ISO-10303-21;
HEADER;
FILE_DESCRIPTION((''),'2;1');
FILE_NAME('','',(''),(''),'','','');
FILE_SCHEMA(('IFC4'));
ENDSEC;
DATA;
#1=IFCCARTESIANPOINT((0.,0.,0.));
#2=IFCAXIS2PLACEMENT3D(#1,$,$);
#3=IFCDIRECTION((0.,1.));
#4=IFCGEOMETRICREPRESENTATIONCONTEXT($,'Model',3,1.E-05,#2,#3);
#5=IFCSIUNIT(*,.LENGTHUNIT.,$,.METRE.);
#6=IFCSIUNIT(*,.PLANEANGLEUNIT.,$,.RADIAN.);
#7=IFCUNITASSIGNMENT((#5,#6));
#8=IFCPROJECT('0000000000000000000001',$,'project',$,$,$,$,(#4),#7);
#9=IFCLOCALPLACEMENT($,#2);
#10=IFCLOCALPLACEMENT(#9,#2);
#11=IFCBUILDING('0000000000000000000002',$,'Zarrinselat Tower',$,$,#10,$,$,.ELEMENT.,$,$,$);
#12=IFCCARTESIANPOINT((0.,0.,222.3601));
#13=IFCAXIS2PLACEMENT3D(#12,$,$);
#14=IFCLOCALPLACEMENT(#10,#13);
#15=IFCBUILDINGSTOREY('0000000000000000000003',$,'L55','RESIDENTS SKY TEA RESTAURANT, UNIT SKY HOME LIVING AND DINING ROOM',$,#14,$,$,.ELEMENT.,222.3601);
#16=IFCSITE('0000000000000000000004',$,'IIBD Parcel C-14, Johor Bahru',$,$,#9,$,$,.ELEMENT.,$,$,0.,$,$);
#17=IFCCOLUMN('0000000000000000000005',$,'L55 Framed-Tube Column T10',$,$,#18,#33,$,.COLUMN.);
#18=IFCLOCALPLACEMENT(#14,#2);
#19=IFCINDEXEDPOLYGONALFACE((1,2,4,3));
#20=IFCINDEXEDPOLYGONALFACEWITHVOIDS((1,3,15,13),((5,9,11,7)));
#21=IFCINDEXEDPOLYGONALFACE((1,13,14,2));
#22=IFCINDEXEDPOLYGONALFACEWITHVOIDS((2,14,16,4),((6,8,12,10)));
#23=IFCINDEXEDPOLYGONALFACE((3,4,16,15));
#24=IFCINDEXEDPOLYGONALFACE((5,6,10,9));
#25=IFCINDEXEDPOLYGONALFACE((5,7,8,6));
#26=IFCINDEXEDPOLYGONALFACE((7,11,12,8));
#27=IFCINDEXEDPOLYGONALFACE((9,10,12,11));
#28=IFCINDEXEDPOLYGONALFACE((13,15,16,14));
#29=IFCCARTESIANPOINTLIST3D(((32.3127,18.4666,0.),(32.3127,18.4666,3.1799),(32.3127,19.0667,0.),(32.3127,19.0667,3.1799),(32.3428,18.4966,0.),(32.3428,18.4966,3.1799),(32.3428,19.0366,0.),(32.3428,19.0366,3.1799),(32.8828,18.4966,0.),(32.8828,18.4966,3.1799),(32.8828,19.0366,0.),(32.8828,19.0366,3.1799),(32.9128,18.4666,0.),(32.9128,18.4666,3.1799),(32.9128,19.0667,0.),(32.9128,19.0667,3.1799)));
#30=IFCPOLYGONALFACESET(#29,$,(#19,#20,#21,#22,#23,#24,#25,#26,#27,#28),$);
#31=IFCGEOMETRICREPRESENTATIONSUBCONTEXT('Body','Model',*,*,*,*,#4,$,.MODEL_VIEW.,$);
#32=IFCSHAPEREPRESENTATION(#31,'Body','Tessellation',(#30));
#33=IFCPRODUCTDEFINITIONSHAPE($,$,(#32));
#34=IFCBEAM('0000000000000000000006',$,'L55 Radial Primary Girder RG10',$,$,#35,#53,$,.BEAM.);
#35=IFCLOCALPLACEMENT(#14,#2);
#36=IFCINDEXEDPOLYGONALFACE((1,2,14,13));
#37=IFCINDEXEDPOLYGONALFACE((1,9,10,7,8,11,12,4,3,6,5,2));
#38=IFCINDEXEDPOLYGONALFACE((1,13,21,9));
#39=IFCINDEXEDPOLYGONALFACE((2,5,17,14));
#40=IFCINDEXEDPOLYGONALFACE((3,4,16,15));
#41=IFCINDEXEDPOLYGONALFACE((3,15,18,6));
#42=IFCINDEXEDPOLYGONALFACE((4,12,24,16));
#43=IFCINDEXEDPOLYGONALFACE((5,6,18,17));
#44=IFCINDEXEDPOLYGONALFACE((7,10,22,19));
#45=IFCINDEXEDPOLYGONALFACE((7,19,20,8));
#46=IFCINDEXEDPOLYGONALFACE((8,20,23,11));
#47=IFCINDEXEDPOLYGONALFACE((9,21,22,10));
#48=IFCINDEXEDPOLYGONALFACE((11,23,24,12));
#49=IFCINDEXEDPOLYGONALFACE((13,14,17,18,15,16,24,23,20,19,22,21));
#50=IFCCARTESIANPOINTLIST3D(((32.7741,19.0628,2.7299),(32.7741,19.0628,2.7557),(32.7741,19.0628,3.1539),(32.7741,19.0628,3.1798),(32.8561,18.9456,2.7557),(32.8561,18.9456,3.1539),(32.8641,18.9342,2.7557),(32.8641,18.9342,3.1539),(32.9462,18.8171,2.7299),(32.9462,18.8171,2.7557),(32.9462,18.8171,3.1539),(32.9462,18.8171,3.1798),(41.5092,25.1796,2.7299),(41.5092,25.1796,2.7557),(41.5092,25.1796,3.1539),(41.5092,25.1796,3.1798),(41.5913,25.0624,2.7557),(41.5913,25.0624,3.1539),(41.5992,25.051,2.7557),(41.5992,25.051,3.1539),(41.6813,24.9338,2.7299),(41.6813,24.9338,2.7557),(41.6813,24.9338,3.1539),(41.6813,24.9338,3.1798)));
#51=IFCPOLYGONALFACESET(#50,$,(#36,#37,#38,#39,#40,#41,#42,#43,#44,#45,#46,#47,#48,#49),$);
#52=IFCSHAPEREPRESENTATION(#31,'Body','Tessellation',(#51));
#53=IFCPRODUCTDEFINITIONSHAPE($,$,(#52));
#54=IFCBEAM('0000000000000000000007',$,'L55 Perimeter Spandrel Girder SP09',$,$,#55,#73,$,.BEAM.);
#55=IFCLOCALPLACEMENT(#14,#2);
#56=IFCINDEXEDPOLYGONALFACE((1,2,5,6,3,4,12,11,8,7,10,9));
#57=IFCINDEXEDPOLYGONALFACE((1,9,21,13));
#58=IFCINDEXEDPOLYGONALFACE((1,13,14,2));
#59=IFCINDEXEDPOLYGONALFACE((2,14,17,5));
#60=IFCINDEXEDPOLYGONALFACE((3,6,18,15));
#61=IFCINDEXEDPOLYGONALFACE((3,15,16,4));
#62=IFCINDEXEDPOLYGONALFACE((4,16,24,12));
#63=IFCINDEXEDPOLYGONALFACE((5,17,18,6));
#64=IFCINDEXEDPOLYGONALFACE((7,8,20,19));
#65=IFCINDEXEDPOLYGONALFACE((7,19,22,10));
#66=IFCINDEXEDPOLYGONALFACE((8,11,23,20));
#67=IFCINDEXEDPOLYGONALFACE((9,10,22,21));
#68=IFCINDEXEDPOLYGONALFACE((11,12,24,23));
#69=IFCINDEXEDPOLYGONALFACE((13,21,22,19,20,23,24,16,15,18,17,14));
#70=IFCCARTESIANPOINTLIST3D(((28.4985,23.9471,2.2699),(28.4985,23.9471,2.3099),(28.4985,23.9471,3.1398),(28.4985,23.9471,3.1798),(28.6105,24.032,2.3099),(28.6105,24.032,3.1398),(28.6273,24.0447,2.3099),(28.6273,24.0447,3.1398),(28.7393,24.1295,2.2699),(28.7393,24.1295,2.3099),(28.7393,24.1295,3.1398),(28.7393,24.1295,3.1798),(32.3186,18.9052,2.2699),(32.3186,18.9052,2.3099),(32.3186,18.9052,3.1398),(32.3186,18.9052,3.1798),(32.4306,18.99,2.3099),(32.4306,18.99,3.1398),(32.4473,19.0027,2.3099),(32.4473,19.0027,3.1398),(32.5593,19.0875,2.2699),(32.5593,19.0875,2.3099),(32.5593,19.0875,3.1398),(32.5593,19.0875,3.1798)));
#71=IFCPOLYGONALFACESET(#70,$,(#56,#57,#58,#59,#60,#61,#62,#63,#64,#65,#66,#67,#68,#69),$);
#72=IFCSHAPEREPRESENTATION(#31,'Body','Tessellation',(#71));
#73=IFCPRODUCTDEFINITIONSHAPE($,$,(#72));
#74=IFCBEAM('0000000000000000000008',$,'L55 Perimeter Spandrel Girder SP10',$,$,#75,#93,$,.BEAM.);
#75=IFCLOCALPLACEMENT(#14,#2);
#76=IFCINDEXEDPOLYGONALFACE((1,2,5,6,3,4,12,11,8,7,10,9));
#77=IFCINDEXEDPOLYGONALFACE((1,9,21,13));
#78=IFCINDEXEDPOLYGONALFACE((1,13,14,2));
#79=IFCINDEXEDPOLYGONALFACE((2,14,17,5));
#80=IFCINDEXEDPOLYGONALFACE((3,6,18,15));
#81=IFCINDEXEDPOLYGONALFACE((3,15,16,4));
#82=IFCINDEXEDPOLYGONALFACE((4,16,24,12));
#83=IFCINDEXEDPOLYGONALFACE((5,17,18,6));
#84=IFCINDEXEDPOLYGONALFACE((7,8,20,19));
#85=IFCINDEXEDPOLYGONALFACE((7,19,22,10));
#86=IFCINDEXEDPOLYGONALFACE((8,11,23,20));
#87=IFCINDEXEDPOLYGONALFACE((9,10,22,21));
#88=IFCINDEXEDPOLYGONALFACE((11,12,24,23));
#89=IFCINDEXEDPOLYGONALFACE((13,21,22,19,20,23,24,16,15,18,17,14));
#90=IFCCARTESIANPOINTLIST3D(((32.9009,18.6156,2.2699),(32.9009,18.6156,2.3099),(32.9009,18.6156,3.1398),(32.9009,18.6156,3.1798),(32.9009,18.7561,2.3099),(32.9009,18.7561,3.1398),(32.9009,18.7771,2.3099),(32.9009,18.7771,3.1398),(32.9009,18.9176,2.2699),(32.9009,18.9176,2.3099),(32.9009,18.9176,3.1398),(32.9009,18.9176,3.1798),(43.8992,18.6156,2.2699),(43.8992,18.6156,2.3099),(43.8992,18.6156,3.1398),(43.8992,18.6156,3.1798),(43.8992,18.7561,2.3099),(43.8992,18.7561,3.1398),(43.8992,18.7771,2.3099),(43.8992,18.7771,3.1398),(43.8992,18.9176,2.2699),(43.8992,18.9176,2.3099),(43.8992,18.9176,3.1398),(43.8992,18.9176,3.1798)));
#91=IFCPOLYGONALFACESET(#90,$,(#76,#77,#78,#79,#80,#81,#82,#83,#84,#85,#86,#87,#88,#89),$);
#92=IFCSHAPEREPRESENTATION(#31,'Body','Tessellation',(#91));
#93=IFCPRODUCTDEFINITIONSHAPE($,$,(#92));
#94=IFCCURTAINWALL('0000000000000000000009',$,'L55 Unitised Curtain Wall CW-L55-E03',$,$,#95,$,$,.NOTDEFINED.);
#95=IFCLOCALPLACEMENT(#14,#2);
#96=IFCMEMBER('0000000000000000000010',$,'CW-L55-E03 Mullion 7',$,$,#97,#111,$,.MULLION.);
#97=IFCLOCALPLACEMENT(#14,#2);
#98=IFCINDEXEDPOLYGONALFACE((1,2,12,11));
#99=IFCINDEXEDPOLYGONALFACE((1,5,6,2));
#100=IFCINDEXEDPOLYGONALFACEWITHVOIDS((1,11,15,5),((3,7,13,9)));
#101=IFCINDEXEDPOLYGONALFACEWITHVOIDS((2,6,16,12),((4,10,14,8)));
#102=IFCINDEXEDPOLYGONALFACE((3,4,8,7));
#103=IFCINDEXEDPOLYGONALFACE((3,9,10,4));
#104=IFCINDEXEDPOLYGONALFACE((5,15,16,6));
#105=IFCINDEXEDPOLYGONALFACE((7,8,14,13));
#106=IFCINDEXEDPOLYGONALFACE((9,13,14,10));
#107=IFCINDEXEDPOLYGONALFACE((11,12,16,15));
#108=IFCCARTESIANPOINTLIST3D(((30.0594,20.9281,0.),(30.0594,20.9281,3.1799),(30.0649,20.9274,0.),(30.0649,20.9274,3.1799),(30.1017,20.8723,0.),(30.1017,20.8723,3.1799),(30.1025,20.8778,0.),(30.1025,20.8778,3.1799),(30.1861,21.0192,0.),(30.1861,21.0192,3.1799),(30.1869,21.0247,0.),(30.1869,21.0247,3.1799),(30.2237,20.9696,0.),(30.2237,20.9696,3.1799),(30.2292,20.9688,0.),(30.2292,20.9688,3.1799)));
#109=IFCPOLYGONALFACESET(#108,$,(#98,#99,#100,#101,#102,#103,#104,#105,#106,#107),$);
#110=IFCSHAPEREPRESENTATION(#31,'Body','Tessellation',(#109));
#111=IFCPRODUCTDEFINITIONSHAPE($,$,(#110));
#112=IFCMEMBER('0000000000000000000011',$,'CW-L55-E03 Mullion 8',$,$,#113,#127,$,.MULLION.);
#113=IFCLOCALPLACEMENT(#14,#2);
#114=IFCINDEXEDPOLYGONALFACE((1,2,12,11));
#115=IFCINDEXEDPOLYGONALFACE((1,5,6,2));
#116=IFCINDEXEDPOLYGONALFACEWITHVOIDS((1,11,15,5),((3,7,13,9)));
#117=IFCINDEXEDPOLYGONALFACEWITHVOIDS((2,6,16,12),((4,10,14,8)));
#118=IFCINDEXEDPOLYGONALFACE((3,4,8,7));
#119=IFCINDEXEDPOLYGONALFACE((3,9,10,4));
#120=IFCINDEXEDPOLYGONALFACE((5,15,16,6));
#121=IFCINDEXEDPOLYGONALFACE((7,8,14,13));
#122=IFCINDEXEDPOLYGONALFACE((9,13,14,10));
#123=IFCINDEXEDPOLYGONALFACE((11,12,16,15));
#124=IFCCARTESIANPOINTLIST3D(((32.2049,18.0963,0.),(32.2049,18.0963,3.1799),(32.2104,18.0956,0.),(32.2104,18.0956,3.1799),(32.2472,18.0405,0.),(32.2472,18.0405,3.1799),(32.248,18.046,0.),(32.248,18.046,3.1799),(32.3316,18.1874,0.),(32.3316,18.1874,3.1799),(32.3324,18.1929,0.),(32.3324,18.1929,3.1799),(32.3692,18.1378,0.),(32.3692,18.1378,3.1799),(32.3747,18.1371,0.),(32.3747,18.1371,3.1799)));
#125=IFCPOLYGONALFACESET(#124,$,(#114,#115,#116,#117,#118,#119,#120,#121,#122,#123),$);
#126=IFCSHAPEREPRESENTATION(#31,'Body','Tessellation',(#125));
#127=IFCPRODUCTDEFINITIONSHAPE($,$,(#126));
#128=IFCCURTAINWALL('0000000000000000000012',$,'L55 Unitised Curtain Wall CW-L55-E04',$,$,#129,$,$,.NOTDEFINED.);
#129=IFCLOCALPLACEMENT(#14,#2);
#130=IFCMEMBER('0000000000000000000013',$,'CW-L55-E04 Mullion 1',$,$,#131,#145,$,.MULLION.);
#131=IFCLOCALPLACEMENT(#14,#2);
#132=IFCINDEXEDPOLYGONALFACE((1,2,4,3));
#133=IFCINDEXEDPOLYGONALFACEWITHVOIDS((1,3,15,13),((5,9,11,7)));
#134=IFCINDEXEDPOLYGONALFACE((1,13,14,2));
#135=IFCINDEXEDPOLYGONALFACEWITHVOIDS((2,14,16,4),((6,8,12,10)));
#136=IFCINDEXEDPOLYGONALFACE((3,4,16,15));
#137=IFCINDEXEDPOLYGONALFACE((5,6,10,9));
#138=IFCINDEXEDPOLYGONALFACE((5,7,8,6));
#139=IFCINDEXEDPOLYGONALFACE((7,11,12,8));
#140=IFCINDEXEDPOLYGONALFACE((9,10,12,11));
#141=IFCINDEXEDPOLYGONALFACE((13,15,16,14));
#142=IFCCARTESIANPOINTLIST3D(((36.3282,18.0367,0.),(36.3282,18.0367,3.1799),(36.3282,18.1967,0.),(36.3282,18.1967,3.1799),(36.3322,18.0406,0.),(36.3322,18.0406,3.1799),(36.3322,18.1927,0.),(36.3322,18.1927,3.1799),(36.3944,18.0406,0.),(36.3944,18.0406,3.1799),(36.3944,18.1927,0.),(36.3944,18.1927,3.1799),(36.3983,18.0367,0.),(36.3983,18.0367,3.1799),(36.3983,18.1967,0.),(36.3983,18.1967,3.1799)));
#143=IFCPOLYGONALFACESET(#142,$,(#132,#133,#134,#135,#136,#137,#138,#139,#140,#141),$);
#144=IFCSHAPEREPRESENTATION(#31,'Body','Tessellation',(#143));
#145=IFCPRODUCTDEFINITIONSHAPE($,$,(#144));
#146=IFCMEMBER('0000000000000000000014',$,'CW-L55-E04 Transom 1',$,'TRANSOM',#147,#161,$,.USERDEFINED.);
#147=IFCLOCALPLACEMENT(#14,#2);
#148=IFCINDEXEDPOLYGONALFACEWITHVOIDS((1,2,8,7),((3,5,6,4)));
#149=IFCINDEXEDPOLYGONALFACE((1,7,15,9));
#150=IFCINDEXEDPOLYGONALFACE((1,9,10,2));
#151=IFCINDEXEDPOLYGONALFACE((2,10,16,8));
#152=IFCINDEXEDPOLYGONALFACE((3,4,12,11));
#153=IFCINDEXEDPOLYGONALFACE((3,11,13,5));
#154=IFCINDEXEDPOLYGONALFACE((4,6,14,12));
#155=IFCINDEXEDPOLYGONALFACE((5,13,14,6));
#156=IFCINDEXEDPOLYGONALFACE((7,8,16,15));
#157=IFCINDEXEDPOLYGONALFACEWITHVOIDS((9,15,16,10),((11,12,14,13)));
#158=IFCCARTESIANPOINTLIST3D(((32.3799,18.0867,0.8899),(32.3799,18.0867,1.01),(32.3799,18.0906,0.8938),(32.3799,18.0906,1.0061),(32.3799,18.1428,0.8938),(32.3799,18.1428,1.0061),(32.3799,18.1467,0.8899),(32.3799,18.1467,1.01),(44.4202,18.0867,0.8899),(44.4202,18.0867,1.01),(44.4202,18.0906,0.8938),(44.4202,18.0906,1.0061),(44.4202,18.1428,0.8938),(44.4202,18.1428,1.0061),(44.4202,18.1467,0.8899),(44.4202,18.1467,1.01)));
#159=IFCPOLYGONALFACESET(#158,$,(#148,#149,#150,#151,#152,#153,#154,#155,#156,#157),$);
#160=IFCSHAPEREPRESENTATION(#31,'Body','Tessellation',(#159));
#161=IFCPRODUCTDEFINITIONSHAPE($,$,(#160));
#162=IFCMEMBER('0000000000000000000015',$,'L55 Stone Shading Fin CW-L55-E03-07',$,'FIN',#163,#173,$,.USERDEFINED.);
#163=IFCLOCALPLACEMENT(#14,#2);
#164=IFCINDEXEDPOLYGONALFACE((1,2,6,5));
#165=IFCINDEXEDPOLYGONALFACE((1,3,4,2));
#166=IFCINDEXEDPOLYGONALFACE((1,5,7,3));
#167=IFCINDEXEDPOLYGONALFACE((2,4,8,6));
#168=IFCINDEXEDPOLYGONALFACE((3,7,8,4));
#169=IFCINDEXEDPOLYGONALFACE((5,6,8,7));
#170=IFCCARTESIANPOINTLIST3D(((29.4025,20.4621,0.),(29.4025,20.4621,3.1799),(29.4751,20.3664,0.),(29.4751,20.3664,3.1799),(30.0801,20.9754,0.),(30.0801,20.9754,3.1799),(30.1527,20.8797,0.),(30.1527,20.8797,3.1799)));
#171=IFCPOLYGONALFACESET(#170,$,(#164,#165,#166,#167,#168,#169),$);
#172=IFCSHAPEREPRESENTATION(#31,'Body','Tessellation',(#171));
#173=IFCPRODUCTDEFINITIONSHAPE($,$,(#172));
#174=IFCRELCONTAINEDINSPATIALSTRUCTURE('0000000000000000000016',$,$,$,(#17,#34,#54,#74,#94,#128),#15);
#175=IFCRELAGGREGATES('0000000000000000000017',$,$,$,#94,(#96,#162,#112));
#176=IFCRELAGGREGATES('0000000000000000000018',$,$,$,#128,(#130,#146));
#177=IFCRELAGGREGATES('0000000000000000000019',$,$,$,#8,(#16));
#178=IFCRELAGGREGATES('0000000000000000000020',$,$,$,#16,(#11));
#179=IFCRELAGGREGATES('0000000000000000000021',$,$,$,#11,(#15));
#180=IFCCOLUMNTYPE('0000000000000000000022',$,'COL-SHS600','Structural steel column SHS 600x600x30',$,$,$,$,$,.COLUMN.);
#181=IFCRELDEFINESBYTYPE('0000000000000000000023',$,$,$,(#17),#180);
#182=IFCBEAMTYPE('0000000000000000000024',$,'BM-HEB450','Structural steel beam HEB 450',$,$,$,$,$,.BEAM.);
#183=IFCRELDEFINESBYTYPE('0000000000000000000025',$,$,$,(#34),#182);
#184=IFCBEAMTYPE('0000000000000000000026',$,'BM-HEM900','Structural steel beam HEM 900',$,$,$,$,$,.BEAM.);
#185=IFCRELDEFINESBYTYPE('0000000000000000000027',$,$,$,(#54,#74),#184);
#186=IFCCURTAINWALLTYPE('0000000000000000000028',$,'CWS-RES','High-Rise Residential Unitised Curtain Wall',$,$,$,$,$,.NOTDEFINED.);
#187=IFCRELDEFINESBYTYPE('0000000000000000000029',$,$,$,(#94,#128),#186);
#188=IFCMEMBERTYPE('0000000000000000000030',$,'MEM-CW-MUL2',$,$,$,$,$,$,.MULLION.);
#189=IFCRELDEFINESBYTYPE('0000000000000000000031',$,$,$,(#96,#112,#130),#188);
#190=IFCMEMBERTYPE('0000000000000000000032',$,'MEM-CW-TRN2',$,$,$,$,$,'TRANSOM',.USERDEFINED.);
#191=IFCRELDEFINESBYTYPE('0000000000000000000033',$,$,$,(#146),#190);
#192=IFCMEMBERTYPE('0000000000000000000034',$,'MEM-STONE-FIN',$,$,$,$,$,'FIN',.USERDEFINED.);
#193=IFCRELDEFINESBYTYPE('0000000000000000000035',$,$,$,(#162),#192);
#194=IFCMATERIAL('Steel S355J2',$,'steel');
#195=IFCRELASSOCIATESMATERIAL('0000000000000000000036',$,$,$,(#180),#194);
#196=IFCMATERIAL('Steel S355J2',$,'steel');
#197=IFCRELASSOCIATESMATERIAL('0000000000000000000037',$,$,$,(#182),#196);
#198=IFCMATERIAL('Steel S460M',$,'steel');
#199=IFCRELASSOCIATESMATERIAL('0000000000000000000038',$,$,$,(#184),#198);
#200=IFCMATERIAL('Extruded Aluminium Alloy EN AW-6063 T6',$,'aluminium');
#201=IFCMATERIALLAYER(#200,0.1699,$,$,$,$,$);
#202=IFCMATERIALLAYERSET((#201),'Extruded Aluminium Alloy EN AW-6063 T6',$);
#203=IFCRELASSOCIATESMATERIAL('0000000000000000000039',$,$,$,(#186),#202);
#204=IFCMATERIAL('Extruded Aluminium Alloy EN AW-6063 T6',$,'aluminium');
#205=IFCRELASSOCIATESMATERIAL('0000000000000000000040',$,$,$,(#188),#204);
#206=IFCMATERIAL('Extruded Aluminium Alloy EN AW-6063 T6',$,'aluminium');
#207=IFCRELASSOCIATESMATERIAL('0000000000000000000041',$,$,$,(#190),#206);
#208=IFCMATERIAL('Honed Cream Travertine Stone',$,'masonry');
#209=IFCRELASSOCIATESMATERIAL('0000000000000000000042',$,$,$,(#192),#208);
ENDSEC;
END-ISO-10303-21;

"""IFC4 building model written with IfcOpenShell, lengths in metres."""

from ifc_helpers import new_model, si_unit, direction, frame, origin, origin_2d, place, context, subcontext, project, spatial, rectangle, hollow_rectangle, i_section, extrude, material, layer, layer_set, material_profile, profile_set, type_object, element, aggregate, save


model = new_model("IFC4")

# Units and contexts
model_context = context("Model", 3, precision=1e-05, world=origin(), true_north=direction((0.0, 1.0)))
body_context = subcontext(model_context, "Body", "Model", "MODEL_VIEW")
ifc_project = project(units=[si_unit("LENGTHUNIT", "METRE"), si_unit("PLANEANGLEUNIT", "RADIAN")], contexts=[model_context])

# Site, building, storey
site_placement = place(None, origin())
site = spatial("IfcSite", under=ifc_project, at=site_placement, Name="IIBD Parcel C-14, Johor Bahru", CompositionType="ELEMENT", RefElevation=0.0)
building_placement = place(site_placement, origin())
building = spatial("IfcBuilding", under=site, at=building_placement, Name="Zarrinselat Tower", CompositionType="ELEMENT")
storey_placement = place(building_placement, frame((0.0, 0.0, 222.3601)))
storey = spatial("IfcBuildingStorey", under=building, at=storey_placement, Name="L55", Description="RESIDENTS SKY TEA RESTAURANT, UNIT SKY HOME LIVING AND DINING ROOM", CompositionType="ELEMENT", Elevation=222.3601)

# Column
ifc_material_1 = material(Name="Steel S355J2", Category="steel")
ifc_material_profile_1 = material_profile(ifc_material_1, hollow_rectangle(XDim=0.6001, YDim=0.6001, WallThickness=0.03, at=origin_2d()), Name="SHS 600x600x30")
ifc_profile_set_1 = profile_set([ifc_material_profile_1], Name="Steel S355J2")
column_type = type_object("IfcColumnType", Name="COL-SHS600", Description="Structural steel column SHS 600x600x30", PredefinedType="COLUMN", material=ifc_profile_set_1)
column_placement = place(storey_placement, frame((32.6128, 18.7666, 0.0), z_axis=(0.0, 0.0, 1.0), x_axis=(1.0, 0.0, 0.0)))
element("IfcColumn", 1, at=column_placement, inside=storey, type_object=column_type, Name="L55 Framed-Tube Column T10", PredefinedType="COLUMN", context=body_context, shape_type="SweptSolid", body=[
    extrude(hollow_rectangle(XDim=0.6001, YDim=0.6001, WallThickness=0.03, at=origin_2d()), origin(), (0.0, 0.0, 1.0), 3.1799),
])

# Beams
ifc_material_2 = material(Name="Steel S355J2", Category="steel")
ifc_material_profile_2 = material_profile(ifc_material_2, i_section(OverallWidth=0.3, OverallDepth=0.45, WebThickness=0.0139, FlangeThickness=0.0259, at=origin_2d()), Name="HEB 450")
ifc_profile_set_2 = profile_set([ifc_material_profile_2], Name="Steel S355J2")
beam_type_1 = type_object("IfcBeamType", Name="BM-HEB450", Description="Structural steel beam HEB 450", PredefinedType="BEAM", material=ifc_profile_set_2)
beam_1_placement = place(storey_placement, frame((32.8601, 18.9399, 2.9548), z_axis=(0.819138, 0.573596, 0.0), x_axis=(-0.573596, 0.819138, 0.0)))
element("IfcBeam", 2, at=beam_1_placement, inside=storey, type_object=beam_type_1, Name="L55 Radial Primary Girder RG10", PredefinedType="BEAM", context=body_context, shape_type="SweptSolid", body=[
    extrude(i_section(OverallWidth=0.3, OverallDepth=0.45, WebThickness=0.0139, FlangeThickness=0.0259, at=origin_2d()), origin(), (0.0, 0.0, 1.0), 10.6638),
])
ifc_material_3 = material(Name="Steel S460M", Category="steel")
ifc_material_profile_3 = material_profile(ifc_material_3, i_section(OverallWidth=0.302, OverallDepth=0.9099, WebThickness=0.021, FlangeThickness=0.04, at=origin_2d()), Name="HEM 900")
ifc_profile_set_3 = profile_set([ifc_material_profile_3], Name="Steel S460M")
beam_type_2 = type_object("IfcBeamType", Name="BM-HEM900", Description="Structural steel beam HEM 900", PredefinedType="BEAM", material=ifc_profile_set_3)
beam_2_placement = place(storey_placement, frame((28.6189, 24.0383, 2.7249), z_axis=(0.603896, -0.797063, 0.0), x_axis=(0.797063, 0.603896, 0.0)))
element("IfcBeam", 3, at=beam_2_placement, inside=storey, type_object=beam_type_2, Name="L55 Perimeter Spandrel Girder SP09", PredefinedType="BEAM", context=body_context, shape_type="SweptSolid", body=[
    extrude(i_section(OverallWidth=0.302, OverallDepth=0.9099, WebThickness=0.021, FlangeThickness=0.04, at=origin_2d()), origin(), (0.0, 0.0, 1.0), 6.3257),
])
beam_3_placement = place(storey_placement, frame((32.9009, 18.7666, 2.7249), z_axis=(1.0, 0.0, 0.0), x_axis=(0.0, 1.0, 0.0)))
element("IfcBeam", 4, at=beam_3_placement, inside=storey, type_object=beam_type_2, Name="L55 Perimeter Spandrel Girder SP10", PredefinedType="BEAM", context=body_context, shape_type="SweptSolid", body=[
    extrude(i_section(OverallWidth=0.302, OverallDepth=0.9099, WebThickness=0.021, FlangeThickness=0.04, at=origin_2d()), origin(), (0.0, 0.0, 1.0), 10.9983),
])

# Curtain walls, members
ifc_material_4 = material(Name="Extruded Aluminium Alloy EN AW-6063 T6", Category="aluminium")
ifc_layer_1 = layer(ifc_material_4, 0.1699)
ifc_layer_set_1 = layer_set([ifc_layer_1], Name="Extruded Aluminium Alloy EN AW-6063 T6")
curtain_wall_type = type_object("IfcCurtainWallType", Name="CWS-RES", Description="High-Rise Residential Unitised Curtain Wall", PredefinedType="NOTDEFINED", material=ifc_layer_set_1)
curtain_wall_1_placement = place(storey_placement, origin())
curtain_wall_1 = element("IfcCurtainWall", 5, at=curtain_wall_1_placement, inside=storey, type_object=curtain_wall_type, Name="L55 Unitised Curtain Wall CW-L55-E03", PredefinedType="NOTDEFINED")
ifc_material_5 = material(Name="Extruded Aluminium Alloy EN AW-6063 T6", Category="aluminium")
ifc_material_profile_4 = material_profile(ifc_material_5, hollow_rectangle(XDim=0.0701, YDim=0.1599, WallThickness=0.0039, at=origin_2d()), Name="RHS 160x70x4")
ifc_profile_set_4 = profile_set([ifc_material_profile_4], Name="Extruded Aluminium Alloy EN AW-6063 T6")
member_type_1 = type_object("IfcMemberType", Name="MEM-CW-MUL2", PredefinedType="MULLION", material=ifc_profile_set_4)
member_1_placement = place(storey_placement, frame((30.1443, 20.9485, 0.0), z_axis=(0.0, 0.0, 1.0), x_axis=(0.60386, -0.797091, 0.0)))
member_1 = element("IfcMember", 6, at=member_1_placement, type_object=member_type_1, Name="CW-L55-E03 Mullion 7", PredefinedType="MULLION", context=body_context, shape_type="SweptSolid", body=[
    extrude(hollow_rectangle(XDim=0.0701, YDim=0.1599, WallThickness=0.0039, at=origin_2d()), origin(), (0.0, 0.0, 1.0), 3.1799),
])
member_2_placement = place(storey_placement, frame((32.2898, 18.1167, 0.0), z_axis=(0.0, 0.0, 1.0), x_axis=(0.60386, -0.797091, 0.0)))
member_2 = element("IfcMember", 7, at=member_2_placement, type_object=member_type_1, Name="CW-L55-E03 Mullion 8", PredefinedType="MULLION", context=body_context, shape_type="SweptSolid", body=[
    extrude(hollow_rectangle(XDim=0.0701, YDim=0.1599, WallThickness=0.0039, at=origin_2d()), origin(), (0.0, 0.0, 1.0), 3.1799),
])
curtain_wall_2_placement = place(storey_placement, origin())
curtain_wall_2 = element("IfcCurtainWall", 8, at=curtain_wall_2_placement, inside=storey, type_object=curtain_wall_type, Name="L55 Unitised Curtain Wall CW-L55-E04", PredefinedType="NOTDEFINED")
member_3_placement = place(storey_placement, frame((36.3633, 18.1167, 0.0), z_axis=(0.0, 0.0, 1.0), x_axis=(1.0, 0.0, 0.0)))
member_3 = element("IfcMember", 9, at=member_3_placement, type_object=member_type_1, Name="CW-L55-E04 Mullion 1", PredefinedType="MULLION", context=body_context, shape_type="SweptSolid", body=[
    extrude(hollow_rectangle(XDim=0.0701, YDim=0.1599, WallThickness=0.0039, at=origin_2d()), origin(), (0.0, 0.0, 1.0), 3.1799),
])
ifc_material_6 = material(Name="Extruded Aluminium Alloy EN AW-6063 T6", Category="aluminium")
ifc_material_profile_5 = material_profile(ifc_material_6, hollow_rectangle(XDim=0.0601, YDim=0.1201, WallThickness=0.0039, at=origin_2d()), Name="RHS 120x60x4")
ifc_profile_set_5 = profile_set([ifc_material_profile_5], Name="Extruded Aluminium Alloy EN AW-6063 T6")
member_type_2 = type_object("IfcMemberType", Name="MEM-CW-TRN2", ElementType="TRANSOM", PredefinedType="USERDEFINED", material=ifc_profile_set_5)
member_4_placement = place(storey_placement, frame((32.3799, 18.1167, 0.95), z_axis=(1.0, 0.0, 0.0), x_axis=(0.0, 1.0, 0.0)))
member_4 = element("IfcMember", 10, at=member_4_placement, type_object=member_type_2, Name="CW-L55-E04 Transom 1", ObjectType="TRANSOM", PredefinedType="USERDEFINED", context=body_context, shape_type="SweptSolid", body=[
    extrude(hollow_rectangle(XDim=0.0601, YDim=0.1201, WallThickness=0.0039, at=origin_2d()), origin(), (0.0, 0.0, 1.0), 12.0403),
])

# Member
ifc_material_7 = material(Name="Honed Cream Travertine Stone", Category="masonry")
ifc_material_profile_6 = material_profile(ifc_material_7, rectangle(XDim=0.1201, YDim=0.8501, at=origin_2d()), Name="FIN 850x120")
ifc_profile_set_6 = profile_set([ifc_material_profile_6], Name="Honed Cream Travertine Stone")
member_type_3 = type_object("IfcMemberType", Name="MEM-STONE-FIN", ElementType="FIN", PredefinedType="USERDEFINED", material=ifc_profile_set_6)
member_5_placement = place(storey_placement, frame((29.7776, 20.6709, 0.0), z_axis=(0.0, 0.0, 1.0), x_axis=(-0.60386, 0.797091, 0.0)))
member_5 = element("IfcMember", 11, at=member_5_placement, type_object=member_type_3, Name="L55 Stone Shading Fin CW-L55-E03-07", ObjectType="FIN", PredefinedType="USERDEFINED", context=body_context, shape_type="SweptSolid", body=[
    extrude(rectangle(XDim=0.1201, YDim=0.8501, at=origin_2d()), origin(), (0.0, 0.0, 1.0), 3.1799),
])

aggregate(curtain_wall_1, [member_1, member_5, member_2])
aggregate(curtain_wall_2, [member_3, member_4])

save(model, "model.ifc")
